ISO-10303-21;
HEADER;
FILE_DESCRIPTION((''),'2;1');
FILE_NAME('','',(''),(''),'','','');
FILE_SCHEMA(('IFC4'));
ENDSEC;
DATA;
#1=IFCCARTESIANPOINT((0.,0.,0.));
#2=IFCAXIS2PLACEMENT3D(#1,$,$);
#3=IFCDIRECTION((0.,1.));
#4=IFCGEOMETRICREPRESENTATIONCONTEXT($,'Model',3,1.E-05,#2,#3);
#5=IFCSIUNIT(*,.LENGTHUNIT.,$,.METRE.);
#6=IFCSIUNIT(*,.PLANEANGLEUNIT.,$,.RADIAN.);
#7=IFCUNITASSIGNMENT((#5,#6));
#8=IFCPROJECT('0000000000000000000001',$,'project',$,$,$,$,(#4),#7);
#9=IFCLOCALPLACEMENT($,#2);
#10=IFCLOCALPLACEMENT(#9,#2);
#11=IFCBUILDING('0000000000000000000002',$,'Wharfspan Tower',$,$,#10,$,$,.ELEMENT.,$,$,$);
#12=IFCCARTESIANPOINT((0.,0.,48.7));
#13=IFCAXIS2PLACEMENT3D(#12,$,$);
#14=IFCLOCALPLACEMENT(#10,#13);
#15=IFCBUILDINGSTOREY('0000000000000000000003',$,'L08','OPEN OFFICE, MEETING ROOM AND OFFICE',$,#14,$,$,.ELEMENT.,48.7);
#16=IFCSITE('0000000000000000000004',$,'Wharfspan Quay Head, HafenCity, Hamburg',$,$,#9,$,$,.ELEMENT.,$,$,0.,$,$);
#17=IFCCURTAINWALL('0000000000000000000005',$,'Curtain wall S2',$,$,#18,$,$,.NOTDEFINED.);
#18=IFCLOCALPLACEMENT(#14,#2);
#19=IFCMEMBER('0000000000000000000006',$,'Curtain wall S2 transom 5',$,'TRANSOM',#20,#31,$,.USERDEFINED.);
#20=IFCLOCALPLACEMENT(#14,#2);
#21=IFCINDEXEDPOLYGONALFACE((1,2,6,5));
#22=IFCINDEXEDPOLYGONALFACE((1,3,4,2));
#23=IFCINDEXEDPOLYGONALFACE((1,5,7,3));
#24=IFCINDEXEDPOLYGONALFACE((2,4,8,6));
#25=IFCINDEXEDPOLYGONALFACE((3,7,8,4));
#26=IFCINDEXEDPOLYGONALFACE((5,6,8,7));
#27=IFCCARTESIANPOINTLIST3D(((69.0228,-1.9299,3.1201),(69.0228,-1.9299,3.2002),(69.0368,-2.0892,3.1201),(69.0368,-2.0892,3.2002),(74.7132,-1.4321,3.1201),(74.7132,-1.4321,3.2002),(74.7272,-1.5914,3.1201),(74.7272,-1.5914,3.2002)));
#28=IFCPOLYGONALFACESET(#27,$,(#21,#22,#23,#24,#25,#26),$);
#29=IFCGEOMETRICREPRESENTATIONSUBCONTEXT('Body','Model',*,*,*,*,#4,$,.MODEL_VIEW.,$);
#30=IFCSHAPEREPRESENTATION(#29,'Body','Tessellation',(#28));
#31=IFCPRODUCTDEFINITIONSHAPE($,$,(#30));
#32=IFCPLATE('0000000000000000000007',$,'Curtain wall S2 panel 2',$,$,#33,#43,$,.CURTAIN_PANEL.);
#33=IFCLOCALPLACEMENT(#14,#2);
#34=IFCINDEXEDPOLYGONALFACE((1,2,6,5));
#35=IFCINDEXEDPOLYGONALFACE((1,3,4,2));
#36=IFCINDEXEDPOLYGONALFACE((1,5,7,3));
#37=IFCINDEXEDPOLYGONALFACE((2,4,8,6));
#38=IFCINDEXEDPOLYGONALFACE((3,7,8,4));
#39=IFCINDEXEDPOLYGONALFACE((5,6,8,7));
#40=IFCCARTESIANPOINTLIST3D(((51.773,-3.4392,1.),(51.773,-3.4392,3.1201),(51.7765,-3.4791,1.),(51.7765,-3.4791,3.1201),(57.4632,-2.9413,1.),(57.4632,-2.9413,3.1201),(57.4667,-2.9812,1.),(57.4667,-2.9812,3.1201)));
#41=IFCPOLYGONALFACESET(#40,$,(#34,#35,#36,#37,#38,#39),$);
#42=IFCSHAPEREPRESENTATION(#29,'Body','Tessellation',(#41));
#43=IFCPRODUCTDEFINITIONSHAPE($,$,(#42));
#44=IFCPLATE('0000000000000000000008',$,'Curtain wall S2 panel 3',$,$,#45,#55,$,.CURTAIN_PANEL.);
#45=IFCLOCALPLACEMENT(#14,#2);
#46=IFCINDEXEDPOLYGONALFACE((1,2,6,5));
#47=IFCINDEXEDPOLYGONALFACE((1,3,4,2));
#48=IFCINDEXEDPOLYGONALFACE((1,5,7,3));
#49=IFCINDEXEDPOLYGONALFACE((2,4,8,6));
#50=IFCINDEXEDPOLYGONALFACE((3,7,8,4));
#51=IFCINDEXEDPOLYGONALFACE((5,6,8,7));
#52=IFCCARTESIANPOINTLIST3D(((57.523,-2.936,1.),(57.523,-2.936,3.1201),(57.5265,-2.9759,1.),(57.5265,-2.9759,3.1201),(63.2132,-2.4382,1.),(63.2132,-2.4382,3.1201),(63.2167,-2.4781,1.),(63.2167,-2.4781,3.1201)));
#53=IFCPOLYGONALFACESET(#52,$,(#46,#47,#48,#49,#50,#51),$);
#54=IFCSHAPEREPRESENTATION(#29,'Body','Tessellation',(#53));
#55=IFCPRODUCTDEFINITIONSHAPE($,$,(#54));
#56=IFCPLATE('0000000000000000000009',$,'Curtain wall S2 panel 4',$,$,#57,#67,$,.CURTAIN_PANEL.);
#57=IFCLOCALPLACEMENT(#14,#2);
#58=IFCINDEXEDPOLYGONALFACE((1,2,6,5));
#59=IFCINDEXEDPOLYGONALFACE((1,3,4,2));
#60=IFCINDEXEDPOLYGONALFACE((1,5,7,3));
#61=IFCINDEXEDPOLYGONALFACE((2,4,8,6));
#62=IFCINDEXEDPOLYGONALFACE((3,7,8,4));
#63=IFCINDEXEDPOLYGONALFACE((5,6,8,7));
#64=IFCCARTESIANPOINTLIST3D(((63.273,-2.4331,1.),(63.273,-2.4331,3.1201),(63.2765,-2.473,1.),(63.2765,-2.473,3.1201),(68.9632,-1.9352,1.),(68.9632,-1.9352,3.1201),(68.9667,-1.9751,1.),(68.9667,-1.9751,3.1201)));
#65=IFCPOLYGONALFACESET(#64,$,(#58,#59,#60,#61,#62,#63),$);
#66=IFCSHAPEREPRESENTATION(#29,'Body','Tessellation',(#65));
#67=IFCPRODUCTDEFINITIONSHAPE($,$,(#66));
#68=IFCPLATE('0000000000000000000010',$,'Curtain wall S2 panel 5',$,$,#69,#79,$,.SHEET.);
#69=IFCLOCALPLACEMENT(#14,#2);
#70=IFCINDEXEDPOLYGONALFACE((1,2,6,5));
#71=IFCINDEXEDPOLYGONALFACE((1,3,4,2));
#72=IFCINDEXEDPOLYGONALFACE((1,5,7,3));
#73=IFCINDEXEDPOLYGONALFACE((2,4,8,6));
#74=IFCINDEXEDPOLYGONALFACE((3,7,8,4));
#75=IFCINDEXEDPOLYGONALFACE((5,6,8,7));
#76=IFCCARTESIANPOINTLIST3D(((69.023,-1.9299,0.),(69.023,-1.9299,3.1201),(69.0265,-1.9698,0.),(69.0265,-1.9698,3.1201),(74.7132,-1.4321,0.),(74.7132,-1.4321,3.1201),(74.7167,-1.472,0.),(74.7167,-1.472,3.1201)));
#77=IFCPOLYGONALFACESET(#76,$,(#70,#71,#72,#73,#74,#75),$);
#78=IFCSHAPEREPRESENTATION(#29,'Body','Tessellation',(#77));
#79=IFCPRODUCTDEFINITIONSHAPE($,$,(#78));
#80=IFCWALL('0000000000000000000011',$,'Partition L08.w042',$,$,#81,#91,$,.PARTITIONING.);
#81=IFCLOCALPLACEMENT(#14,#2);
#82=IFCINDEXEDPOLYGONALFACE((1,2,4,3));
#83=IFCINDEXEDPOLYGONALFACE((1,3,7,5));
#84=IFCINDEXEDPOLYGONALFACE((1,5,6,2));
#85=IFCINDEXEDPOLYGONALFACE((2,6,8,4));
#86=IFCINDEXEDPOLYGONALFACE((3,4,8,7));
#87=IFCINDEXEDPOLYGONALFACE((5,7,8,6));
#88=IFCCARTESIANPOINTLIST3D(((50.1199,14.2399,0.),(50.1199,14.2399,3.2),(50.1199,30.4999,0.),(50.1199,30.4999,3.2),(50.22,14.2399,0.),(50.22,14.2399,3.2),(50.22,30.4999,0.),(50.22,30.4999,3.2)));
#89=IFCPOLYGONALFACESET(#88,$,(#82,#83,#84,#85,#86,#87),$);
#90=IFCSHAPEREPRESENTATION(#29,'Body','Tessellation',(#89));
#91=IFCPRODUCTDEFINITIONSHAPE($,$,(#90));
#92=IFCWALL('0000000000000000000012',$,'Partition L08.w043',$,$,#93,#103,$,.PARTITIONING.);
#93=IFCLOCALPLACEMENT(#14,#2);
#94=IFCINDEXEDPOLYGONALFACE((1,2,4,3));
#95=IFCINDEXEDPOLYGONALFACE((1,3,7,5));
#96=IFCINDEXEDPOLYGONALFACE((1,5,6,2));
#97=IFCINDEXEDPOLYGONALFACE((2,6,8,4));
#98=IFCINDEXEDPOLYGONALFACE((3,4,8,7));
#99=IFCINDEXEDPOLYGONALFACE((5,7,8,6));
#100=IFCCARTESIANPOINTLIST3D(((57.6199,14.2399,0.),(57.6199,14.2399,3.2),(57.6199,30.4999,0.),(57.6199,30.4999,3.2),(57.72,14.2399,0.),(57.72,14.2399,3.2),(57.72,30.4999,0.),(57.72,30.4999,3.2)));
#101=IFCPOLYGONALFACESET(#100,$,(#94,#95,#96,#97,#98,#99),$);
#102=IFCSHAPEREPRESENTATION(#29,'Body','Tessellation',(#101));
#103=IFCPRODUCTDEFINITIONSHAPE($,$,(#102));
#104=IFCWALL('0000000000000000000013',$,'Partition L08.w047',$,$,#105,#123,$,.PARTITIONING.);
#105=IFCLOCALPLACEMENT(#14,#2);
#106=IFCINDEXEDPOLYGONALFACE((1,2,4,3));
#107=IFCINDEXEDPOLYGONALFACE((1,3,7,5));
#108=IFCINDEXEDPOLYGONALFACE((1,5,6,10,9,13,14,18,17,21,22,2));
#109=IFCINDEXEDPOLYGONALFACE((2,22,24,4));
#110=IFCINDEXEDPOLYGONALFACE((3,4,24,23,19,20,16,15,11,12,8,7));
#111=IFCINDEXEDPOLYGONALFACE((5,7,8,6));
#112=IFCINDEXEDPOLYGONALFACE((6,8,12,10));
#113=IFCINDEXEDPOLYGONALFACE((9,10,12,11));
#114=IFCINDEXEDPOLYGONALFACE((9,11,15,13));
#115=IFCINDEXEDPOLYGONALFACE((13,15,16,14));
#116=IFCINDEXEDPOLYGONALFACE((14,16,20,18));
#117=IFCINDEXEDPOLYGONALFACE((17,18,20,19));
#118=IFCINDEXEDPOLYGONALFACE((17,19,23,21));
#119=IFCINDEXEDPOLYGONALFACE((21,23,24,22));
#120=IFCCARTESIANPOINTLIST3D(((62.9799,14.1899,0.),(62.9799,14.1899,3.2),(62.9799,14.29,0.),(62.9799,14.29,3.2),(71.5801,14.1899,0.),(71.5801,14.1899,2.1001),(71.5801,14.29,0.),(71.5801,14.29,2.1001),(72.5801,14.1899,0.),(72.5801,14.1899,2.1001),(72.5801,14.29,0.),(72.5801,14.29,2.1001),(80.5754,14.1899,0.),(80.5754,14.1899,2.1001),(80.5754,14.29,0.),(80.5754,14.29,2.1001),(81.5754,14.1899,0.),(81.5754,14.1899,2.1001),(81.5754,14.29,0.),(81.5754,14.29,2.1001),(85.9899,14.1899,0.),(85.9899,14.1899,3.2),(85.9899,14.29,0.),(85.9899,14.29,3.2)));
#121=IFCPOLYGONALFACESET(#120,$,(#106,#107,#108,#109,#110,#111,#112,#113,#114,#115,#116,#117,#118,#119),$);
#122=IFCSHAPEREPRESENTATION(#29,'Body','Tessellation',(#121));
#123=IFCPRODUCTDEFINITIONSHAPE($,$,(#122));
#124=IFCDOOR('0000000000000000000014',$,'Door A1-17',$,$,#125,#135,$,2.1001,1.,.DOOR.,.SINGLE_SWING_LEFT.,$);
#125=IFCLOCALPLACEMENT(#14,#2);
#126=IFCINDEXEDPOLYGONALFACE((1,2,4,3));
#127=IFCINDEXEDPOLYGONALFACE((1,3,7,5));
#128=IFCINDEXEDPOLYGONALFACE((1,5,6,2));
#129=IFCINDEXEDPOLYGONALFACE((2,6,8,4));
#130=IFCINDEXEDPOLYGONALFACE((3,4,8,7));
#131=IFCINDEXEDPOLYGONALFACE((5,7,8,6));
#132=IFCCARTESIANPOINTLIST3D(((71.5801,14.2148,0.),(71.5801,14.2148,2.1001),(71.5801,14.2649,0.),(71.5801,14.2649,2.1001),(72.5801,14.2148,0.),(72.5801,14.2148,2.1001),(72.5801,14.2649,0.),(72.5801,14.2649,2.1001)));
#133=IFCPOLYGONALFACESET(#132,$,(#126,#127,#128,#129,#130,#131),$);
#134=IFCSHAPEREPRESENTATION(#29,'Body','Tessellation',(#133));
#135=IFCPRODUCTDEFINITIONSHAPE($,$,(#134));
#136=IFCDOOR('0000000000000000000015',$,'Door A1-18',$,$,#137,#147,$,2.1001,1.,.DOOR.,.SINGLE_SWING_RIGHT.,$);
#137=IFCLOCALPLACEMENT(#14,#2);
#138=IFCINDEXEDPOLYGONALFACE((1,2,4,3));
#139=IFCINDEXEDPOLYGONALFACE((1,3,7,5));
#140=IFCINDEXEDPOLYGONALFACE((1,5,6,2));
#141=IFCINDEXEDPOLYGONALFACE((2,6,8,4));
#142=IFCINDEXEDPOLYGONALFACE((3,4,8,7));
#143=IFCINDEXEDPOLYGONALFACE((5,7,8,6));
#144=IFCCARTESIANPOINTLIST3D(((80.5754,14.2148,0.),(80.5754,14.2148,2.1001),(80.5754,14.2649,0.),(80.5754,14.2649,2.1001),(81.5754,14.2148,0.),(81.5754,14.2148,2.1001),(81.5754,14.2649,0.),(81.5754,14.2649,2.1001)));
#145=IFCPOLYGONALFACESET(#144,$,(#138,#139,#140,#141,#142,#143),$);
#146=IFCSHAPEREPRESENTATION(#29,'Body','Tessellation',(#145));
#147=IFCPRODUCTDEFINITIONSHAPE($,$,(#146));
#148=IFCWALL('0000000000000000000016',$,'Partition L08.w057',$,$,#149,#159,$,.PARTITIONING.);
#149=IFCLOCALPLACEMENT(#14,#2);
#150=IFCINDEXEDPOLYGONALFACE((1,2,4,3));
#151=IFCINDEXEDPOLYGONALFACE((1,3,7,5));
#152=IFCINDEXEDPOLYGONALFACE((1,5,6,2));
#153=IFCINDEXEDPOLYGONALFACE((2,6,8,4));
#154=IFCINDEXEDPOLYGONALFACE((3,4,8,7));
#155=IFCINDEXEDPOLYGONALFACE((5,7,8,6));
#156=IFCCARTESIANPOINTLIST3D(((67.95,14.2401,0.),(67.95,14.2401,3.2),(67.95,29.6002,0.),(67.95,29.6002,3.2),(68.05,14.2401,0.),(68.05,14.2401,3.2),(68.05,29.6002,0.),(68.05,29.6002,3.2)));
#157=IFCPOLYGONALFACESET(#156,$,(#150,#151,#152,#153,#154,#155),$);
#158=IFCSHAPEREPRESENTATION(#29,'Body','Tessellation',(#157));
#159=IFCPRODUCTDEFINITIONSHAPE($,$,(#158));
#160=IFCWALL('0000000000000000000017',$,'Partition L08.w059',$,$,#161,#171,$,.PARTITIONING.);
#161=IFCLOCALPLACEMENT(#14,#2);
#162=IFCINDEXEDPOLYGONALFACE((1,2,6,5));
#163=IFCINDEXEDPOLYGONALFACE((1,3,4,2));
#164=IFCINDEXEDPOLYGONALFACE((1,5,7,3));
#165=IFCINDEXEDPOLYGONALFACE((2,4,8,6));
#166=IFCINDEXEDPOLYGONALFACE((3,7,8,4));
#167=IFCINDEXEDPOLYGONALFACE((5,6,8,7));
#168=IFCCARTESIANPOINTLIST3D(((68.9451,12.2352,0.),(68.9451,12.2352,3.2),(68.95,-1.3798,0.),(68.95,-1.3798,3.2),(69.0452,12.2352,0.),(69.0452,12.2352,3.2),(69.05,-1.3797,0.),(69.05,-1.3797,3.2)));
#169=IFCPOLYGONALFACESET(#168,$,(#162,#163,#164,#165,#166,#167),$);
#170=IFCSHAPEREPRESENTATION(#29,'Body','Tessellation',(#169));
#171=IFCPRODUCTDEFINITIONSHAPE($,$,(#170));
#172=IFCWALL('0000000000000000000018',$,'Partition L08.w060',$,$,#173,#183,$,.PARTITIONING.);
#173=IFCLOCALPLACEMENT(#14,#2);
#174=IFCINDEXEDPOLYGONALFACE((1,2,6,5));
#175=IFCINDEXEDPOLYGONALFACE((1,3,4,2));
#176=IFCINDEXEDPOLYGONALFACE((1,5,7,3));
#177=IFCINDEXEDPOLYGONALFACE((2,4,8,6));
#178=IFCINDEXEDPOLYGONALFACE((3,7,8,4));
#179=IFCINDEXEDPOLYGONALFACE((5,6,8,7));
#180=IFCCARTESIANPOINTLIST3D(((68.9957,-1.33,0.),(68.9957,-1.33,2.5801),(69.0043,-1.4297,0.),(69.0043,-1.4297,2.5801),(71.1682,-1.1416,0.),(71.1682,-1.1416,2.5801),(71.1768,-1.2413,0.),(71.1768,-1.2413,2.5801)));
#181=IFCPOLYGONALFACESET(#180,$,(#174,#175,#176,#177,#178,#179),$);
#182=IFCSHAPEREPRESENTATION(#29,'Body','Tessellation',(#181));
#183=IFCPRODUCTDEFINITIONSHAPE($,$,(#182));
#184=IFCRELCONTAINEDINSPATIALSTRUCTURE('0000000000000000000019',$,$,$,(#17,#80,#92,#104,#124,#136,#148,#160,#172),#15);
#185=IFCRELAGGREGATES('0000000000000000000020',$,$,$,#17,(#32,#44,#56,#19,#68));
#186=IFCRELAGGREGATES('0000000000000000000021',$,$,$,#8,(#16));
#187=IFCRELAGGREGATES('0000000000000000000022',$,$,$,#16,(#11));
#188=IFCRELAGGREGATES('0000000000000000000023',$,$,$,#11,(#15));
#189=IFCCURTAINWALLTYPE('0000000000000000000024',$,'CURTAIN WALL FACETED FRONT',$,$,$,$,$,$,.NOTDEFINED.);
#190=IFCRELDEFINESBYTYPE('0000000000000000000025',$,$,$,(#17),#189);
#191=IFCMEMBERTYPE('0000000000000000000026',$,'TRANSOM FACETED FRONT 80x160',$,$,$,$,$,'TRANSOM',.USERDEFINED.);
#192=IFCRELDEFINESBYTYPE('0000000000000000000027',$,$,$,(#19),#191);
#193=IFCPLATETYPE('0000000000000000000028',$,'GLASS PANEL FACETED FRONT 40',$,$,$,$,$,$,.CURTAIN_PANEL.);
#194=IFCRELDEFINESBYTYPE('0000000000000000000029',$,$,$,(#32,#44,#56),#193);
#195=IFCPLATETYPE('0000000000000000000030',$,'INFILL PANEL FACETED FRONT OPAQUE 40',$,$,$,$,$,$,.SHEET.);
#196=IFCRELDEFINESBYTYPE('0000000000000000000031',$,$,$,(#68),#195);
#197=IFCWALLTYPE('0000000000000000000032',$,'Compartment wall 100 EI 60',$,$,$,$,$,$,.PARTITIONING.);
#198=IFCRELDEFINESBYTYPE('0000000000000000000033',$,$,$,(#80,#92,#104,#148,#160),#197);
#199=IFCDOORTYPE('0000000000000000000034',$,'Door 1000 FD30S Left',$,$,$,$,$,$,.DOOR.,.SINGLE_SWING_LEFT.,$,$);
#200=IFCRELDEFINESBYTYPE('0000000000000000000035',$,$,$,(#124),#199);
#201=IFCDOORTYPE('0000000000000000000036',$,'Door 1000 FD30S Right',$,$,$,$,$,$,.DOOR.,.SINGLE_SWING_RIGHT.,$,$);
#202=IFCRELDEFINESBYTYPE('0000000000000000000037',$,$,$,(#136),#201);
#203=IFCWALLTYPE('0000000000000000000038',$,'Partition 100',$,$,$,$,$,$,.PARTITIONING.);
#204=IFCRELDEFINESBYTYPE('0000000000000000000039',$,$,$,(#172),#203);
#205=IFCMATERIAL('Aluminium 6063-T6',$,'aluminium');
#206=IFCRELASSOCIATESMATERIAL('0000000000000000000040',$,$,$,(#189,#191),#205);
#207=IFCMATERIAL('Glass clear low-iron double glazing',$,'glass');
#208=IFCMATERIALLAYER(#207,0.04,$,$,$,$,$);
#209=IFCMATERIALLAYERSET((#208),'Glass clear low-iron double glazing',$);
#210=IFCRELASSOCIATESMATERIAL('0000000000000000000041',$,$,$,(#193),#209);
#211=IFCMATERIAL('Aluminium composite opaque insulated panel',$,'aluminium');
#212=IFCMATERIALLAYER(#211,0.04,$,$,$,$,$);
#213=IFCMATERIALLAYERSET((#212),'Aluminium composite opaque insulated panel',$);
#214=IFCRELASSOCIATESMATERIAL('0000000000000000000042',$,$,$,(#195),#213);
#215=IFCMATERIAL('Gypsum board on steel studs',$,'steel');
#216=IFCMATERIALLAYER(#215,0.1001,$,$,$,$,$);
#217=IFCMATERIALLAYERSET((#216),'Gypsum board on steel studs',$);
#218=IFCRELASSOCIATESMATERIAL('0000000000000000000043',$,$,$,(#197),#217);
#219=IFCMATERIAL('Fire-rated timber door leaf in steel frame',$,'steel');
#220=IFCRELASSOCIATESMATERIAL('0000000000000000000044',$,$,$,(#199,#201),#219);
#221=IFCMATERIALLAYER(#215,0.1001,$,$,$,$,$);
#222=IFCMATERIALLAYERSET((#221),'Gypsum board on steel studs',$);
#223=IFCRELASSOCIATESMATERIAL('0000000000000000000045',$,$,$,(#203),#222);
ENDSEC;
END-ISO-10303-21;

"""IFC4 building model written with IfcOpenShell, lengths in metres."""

from ifc_helpers import new_model, si_unit, direction, frame, frame_2d, origin, origin_2d, place, context, subcontext, project, spatial, rectangle, extrude, material, layer, layer_set, material_profile, profile_set, type_object, element, fill, aggregate, save


model = new_model("IFC4")

# Units and contexts
model_context = context("Model", 3, precision=1e-05, world=origin(), true_north=direction((0.0, 1.0)))
body_context = subcontext(model_context, "Body", "Model", "MODEL_VIEW")
ifc_project = project(units=[si_unit("LENGTHUNIT", "METRE"), si_unit("PLANEANGLEUNIT", "RADIAN")], contexts=[model_context])

# Site, building, storey
site_placement = place(None, origin())
site = spatial("IfcSite", under=ifc_project, at=site_placement, Name="Wharfspan Quay Head, HafenCity, Hamburg", CompositionType="ELEMENT", RefElevation=0.0)
building_placement = place(site_placement, origin())
building = spatial("IfcBuilding", under=site, at=building_placement, Name="Wharfspan Tower", CompositionType="ELEMENT")
storey_placement = place(building_placement, frame((0.0, 0.0, 48.7)))
storey = spatial("IfcBuildingStorey", under=building, at=storey_placement, Name="L08", Description="OPEN OFFICE, MEETING ROOM AND OFFICE", CompositionType="ELEMENT", Elevation=48.7)

# Curtain wall, member, plates
ifc_material_1 = material(Name="Aluminium 6063-T6", Category="aluminium")
curtain_wall_type = type_object("IfcCurtainWallType", Name="CURTAIN WALL FACETED FRONT", PredefinedType="NOTDEFINED", material=ifc_material_1)
curtain_wall_placement = place(storey_placement, origin())
curtain_wall = element("IfcCurtainWall", 1, at=curtain_wall_placement, inside=storey, type_object=curtain_wall_type, Name="Curtain wall S2", PredefinedType="NOTDEFINED")
ifc_material_profile_1 = material_profile(ifc_material_1, rectangle(XDim=0.1599, YDim=0.0801, at=origin_2d()))
ifc_profile_set_1 = profile_set([ifc_material_profile_1], Name="Aluminium 6063-T6")
member_type_1 = type_object("IfcMemberType", Name="TRANSOM FACETED FRONT 80x160", ElementType="TRANSOM", PredefinedType="USERDEFINED", material=ifc_profile_set_1)
member_1_placement = place(storey_placement, frame((69.0298, -2.0095, 3.1602), z_axis=(0.996195, 0.087148, 0.0), x_axis=(-0.087148, 0.996195, 0.0)))
member_1 = element("IfcMember", 2, at=member_1_placement, type_object=member_type_1, Name="Curtain wall S2 transom 5", ObjectType="TRANSOM", PredefinedType="USERDEFINED", context=body_context, shape_type="SweptSolid", body=[
    extrude(rectangle(XDim=0.1599, YDim=0.0801, at=origin_2d()), origin(), (0.0, 0.0, 1.0), 5.7122),
])
ifc_material_2 = material(Name="Glass clear low-iron double glazing", Category="glass")
ifc_layer_1 = layer(ifc_material_2, 0.04)
ifc_layer_set_1 = layer_set([ifc_layer_1], Name="Glass clear low-iron double glazing")
plate_type_1 = type_object("IfcPlateType", Name="GLASS PANEL FACETED FRONT 40", PredefinedType="CURTAIN_PANEL", material=ifc_layer_set_1)
plate_1_placement = place(storey_placement, frame((54.6199, -3.2102, 1.0), z_axis=(0.0, 0.0, 1.0), x_axis=(0.996197, 0.087156, 0.0)))
plate_1 = element("IfcPlate", 3, at=plate_1_placement, type_object=plate_type_1, Name="Curtain wall S2 panel 2", PredefinedType="CURTAIN_PANEL", context=body_context, shape_type="SweptSolid", body=[
    extrude(rectangle(XDim=5.7119, YDim=0.04, at=origin_2d()), origin(), (0.0, 0.0, 1.0), 2.1201),
])
plate_2_placement = place(storey_placement, frame((60.3699, -2.707, 1.0), z_axis=(0.0, 0.0, 1.0), x_axis=(0.996197, 0.087156, 0.0)))
plate_2 = element("IfcPlate", 4, at=plate_2_placement, type_object=plate_type_1, Name="Curtain wall S2 panel 3", PredefinedType="CURTAIN_PANEL", context=body_context, shape_type="SweptSolid", body=[
    extrude(rectangle(XDim=5.7119, YDim=0.04, at=origin_2d()), origin(), (0.0, 0.0, 1.0), 2.1201),
])
plate_3_placement = place(storey_placement, frame((66.1199, -2.2041, 1.0), z_axis=(0.0, 0.0, 1.0), x_axis=(0.996197, 0.087156, 0.0)))
plate_3 = element("IfcPlate", 5, at=plate_3_placement, type_object=plate_type_1, Name="Curtain wall S2 panel 4", PredefinedType="CURTAIN_PANEL", context=body_context, shape_type="SweptSolid", body=[
    extrude(rectangle(XDim=5.7119, YDim=0.04, at=origin_2d()), origin(), (0.0, 0.0, 1.0), 2.1201),
])
ifc_material_3 = material(Name="Aluminium composite opaque insulated panel", Category="aluminium")
ifc_layer_2 = layer(ifc_material_3, 0.04)
ifc_layer_set_2 = layer_set([ifc_layer_2], Name="Aluminium composite opaque insulated panel")
plate_type_2 = type_object("IfcPlateType", Name="INFILL PANEL FACETED FRONT OPAQUE 40", PredefinedType="SHEET", material=ifc_layer_set_2)
plate_4_placement = place(storey_placement, frame((71.8699, -1.7009, 0.0), z_axis=(0.0, 0.0, 1.0), x_axis=(0.996197, 0.087156, 0.0)))
plate_4 = element("IfcPlate", 6, at=plate_4_placement, type_object=plate_type_2, Name="Curtain wall S2 panel 5", PredefinedType="SHEET", context=body_context, shape_type="SweptSolid", body=[
    extrude(rectangle(XDim=5.7119, YDim=0.04, at=origin_2d()), origin(), (0.0, 0.0, 1.0), 3.1201),
])
aggregate(curtain_wall, [plate_1, plate_2, plate_3, member_1, plate_4])

# Walls
ifc_material_4 = material(Name="Gypsum board on steel studs", Category="steel")
ifc_layer_3 = layer(ifc_material_4, 0.1001)
ifc_layer_set_3 = layer_set([ifc_layer_3], Name="Gypsum board on steel studs")
wall_type_1 = type_object("IfcWallType", Name="Compartment wall 100 EI 60", PredefinedType="PARTITIONING", material=ifc_layer_set_3)
for number, where, z_axis, x_axis, name in (
    (7, (50.1699, 14.24, 0.0), (0.0, 0.0, 1.0), (0.0, 1.0, 0.0), "Partition L08.w042"),
    (8, (57.6699, 14.24, 0.0), (0.0, 0.0, 1.0), (0.0, 1.0, 0.0), "Partition L08.w043"),
):
    element("IfcWall", number, at=place(storey_placement, frame(where, z_axis=z_axis, x_axis=x_axis)), inside=storey, type_object=wall_type_1, Name=name, PredefinedType="PARTITIONING", context=body_context, shape_type="SweptSolid", body=[
        extrude(rectangle(XDim=16.26, YDim=0.1001, at=frame_2d((8.1299, 0.0))), origin(), (0.0, 0.0, 1.0), 3.2),
    ])

# Wall, openings, doors
wall_1_placement = place(storey_placement, frame((62.98, 14.24, 0.0), z_axis=(0.0, 0.0, 1.0), x_axis=(1.0, 0.0, 0.0)))
wall_1 = element("IfcWall", 9, at=wall_1_placement, inside=storey, type_object=wall_type_1, Name="Partition L08.w047", PredefinedType="PARTITIONING", context=body_context, shape_type="SweptSolid", body=[
    extrude(rectangle(XDim=23.01, YDim=0.1001, at=frame_2d((11.5049, 0.0))), origin(), (0.0, 0.0, 1.0), 3.2),
])
opening_1_placement = place(wall_1_placement, frame((8.6001, 0.0, 0.0)))
opening_1 = element("IfcOpeningElement", 10, at=opening_1_placement, cuts=wall_1, PredefinedType="OPENING", context=body_context, shape_type="SweptSolid", body=[
    extrude(rectangle(XDim=1.0, YDim=2.1001, at=frame_2d((0.5, 1.05))), frame((0.0, 0.0601, 0.0), z_axis=(0.0, -1.0, 0.0), x_axis=(1.0, 0.0, 0.0)), (0.0, 0.0, 1.0), 0.1201),
])
opening_2_placement = place(wall_1_placement, frame((17.5955, 0.0, 0.0)))
opening_2 = element("IfcOpeningElement", 11, at=opening_2_placement, cuts=wall_1, PredefinedType="OPENING", context=body_context, shape_type="SweptSolid", body=[
    extrude(rectangle(XDim=1.0, YDim=2.1001, at=frame_2d((0.5, 1.05))), frame((0.0, 0.0601, 0.0), z_axis=(0.0, -1.0, 0.0), x_axis=(1.0, 0.0, 0.0)), (0.0, 0.0, 1.0), 0.1201),
])
ifc_material_5 = material(Name="Fire-rated timber door leaf in steel frame", Category="steel")
door_type_1 = type_object("IfcDoorType", Name="Door 1000 FD30S Left", OperationType="SINGLE_SWING_LEFT", PredefinedType="DOOR", material=ifc_material_5)
door_1_placement = place(opening_1_placement, origin())
door_1 = element("IfcDoor", 12, at=door_1_placement, inside=storey, type_object=door_type_1, Name="Door A1-17", OperationType="SINGLE_SWING_LEFT", OverallHeight=2.1001, OverallWidth=1.0, PredefinedType="DOOR", context=body_context, shape_type="SweptSolid", body=[
    extrude(rectangle(XDim=1.0, YDim=2.1001, at=frame_2d((0.5, 1.05))), frame((0.0, 0.0249, 0.0), z_axis=(0.0, -1.0, 0.0), x_axis=(1.0, 0.0, 0.0)), (0.0, 0.0, 1.0), 0.05),
])
fill(opening_1, door_1)
door_type_2 = type_object("IfcDoorType", Name="Door 1000 FD30S Right", OperationType="SINGLE_SWING_RIGHT", PredefinedType="DOOR", material=ifc_material_5)
door_2_placement = place(opening_2_placement, origin())
door_2 = element("IfcDoor", 13, at=door_2_placement, inside=storey, type_object=door_type_2, Name="Door A1-18", OperationType="SINGLE_SWING_RIGHT", OverallHeight=2.1001, OverallWidth=1.0, PredefinedType="DOOR", context=body_context, shape_type="SweptSolid", body=[
    extrude(rectangle(XDim=1.0, YDim=2.1001, at=frame_2d((0.5, 1.05))), frame((0.0, 0.0249, 0.0), z_axis=(0.0, -1.0, 0.0), x_axis=(1.0, 0.0, 0.0)), (0.0, 0.0, 1.0), 0.05),
])
fill(opening_2, door_2)

# Walls
wall_2_placement = place(storey_placement, frame((68.0, 14.24, 0.0), z_axis=(0.0, 0.0, 1.0), x_axis=(0.0, 1.0, 0.0)))
element("IfcWall", 14, at=wall_2_placement, inside=storey, type_object=wall_type_1, Name="Partition L08.w057", PredefinedType="PARTITIONING", context=body_context, shape_type="SweptSolid", body=[
    extrude(rectangle(XDim=15.3601, YDim=0.1001, at=frame_2d((7.6802, 0.0))), origin(), (0.0, 0.0, 1.0), 3.2),
])
wall_3_placement = place(storey_placement, frame((69.0, -1.3799, 0.0), z_axis=(0.0, 0.0, 1.0), x_axis=(-0.000359, 1.000002, 0.0)))
element("IfcWall", 15, at=wall_3_placement, inside=storey, type_object=wall_type_1, Name="Partition L08.w059", PredefinedType="PARTITIONING", context=body_context, shape_type="SweptSolid", body=[
    extrude(rectangle(XDim=13.615, YDim=0.1001, at=frame_2d((6.8076, 0.0))), origin(), (0.0, 0.0, 1.0), 3.2),
])
ifc_layer_4 = layer(ifc_material_4, 0.1001)
ifc_layer_set_4 = layer_set([ifc_layer_4], Name="Gypsum board on steel studs")
wall_type_2 = type_object("IfcWallType", Name="Partition 100", PredefinedType="PARTITIONING", material=ifc_layer_set_4)
wall_4_placement = place(storey_placement, frame((69.0, -1.3799, 0.0), z_axis=(0.0, 0.0, 1.0), x_axis=(0.996261, 0.086427, 0.0)))
element("IfcWall", 16, at=wall_4_placement, inside=storey, type_object=wall_type_2, Name="Partition L08.w060", PredefinedType="PARTITIONING", context=body_context, shape_type="SweptSolid", body=[
    extrude(rectangle(XDim=2.1807, YDim=0.1001, at=frame_2d((1.0903, 0.0))), origin(), (0.0, 0.0, 1.0), 2.5801),
])

save(model, "model.ifc")
